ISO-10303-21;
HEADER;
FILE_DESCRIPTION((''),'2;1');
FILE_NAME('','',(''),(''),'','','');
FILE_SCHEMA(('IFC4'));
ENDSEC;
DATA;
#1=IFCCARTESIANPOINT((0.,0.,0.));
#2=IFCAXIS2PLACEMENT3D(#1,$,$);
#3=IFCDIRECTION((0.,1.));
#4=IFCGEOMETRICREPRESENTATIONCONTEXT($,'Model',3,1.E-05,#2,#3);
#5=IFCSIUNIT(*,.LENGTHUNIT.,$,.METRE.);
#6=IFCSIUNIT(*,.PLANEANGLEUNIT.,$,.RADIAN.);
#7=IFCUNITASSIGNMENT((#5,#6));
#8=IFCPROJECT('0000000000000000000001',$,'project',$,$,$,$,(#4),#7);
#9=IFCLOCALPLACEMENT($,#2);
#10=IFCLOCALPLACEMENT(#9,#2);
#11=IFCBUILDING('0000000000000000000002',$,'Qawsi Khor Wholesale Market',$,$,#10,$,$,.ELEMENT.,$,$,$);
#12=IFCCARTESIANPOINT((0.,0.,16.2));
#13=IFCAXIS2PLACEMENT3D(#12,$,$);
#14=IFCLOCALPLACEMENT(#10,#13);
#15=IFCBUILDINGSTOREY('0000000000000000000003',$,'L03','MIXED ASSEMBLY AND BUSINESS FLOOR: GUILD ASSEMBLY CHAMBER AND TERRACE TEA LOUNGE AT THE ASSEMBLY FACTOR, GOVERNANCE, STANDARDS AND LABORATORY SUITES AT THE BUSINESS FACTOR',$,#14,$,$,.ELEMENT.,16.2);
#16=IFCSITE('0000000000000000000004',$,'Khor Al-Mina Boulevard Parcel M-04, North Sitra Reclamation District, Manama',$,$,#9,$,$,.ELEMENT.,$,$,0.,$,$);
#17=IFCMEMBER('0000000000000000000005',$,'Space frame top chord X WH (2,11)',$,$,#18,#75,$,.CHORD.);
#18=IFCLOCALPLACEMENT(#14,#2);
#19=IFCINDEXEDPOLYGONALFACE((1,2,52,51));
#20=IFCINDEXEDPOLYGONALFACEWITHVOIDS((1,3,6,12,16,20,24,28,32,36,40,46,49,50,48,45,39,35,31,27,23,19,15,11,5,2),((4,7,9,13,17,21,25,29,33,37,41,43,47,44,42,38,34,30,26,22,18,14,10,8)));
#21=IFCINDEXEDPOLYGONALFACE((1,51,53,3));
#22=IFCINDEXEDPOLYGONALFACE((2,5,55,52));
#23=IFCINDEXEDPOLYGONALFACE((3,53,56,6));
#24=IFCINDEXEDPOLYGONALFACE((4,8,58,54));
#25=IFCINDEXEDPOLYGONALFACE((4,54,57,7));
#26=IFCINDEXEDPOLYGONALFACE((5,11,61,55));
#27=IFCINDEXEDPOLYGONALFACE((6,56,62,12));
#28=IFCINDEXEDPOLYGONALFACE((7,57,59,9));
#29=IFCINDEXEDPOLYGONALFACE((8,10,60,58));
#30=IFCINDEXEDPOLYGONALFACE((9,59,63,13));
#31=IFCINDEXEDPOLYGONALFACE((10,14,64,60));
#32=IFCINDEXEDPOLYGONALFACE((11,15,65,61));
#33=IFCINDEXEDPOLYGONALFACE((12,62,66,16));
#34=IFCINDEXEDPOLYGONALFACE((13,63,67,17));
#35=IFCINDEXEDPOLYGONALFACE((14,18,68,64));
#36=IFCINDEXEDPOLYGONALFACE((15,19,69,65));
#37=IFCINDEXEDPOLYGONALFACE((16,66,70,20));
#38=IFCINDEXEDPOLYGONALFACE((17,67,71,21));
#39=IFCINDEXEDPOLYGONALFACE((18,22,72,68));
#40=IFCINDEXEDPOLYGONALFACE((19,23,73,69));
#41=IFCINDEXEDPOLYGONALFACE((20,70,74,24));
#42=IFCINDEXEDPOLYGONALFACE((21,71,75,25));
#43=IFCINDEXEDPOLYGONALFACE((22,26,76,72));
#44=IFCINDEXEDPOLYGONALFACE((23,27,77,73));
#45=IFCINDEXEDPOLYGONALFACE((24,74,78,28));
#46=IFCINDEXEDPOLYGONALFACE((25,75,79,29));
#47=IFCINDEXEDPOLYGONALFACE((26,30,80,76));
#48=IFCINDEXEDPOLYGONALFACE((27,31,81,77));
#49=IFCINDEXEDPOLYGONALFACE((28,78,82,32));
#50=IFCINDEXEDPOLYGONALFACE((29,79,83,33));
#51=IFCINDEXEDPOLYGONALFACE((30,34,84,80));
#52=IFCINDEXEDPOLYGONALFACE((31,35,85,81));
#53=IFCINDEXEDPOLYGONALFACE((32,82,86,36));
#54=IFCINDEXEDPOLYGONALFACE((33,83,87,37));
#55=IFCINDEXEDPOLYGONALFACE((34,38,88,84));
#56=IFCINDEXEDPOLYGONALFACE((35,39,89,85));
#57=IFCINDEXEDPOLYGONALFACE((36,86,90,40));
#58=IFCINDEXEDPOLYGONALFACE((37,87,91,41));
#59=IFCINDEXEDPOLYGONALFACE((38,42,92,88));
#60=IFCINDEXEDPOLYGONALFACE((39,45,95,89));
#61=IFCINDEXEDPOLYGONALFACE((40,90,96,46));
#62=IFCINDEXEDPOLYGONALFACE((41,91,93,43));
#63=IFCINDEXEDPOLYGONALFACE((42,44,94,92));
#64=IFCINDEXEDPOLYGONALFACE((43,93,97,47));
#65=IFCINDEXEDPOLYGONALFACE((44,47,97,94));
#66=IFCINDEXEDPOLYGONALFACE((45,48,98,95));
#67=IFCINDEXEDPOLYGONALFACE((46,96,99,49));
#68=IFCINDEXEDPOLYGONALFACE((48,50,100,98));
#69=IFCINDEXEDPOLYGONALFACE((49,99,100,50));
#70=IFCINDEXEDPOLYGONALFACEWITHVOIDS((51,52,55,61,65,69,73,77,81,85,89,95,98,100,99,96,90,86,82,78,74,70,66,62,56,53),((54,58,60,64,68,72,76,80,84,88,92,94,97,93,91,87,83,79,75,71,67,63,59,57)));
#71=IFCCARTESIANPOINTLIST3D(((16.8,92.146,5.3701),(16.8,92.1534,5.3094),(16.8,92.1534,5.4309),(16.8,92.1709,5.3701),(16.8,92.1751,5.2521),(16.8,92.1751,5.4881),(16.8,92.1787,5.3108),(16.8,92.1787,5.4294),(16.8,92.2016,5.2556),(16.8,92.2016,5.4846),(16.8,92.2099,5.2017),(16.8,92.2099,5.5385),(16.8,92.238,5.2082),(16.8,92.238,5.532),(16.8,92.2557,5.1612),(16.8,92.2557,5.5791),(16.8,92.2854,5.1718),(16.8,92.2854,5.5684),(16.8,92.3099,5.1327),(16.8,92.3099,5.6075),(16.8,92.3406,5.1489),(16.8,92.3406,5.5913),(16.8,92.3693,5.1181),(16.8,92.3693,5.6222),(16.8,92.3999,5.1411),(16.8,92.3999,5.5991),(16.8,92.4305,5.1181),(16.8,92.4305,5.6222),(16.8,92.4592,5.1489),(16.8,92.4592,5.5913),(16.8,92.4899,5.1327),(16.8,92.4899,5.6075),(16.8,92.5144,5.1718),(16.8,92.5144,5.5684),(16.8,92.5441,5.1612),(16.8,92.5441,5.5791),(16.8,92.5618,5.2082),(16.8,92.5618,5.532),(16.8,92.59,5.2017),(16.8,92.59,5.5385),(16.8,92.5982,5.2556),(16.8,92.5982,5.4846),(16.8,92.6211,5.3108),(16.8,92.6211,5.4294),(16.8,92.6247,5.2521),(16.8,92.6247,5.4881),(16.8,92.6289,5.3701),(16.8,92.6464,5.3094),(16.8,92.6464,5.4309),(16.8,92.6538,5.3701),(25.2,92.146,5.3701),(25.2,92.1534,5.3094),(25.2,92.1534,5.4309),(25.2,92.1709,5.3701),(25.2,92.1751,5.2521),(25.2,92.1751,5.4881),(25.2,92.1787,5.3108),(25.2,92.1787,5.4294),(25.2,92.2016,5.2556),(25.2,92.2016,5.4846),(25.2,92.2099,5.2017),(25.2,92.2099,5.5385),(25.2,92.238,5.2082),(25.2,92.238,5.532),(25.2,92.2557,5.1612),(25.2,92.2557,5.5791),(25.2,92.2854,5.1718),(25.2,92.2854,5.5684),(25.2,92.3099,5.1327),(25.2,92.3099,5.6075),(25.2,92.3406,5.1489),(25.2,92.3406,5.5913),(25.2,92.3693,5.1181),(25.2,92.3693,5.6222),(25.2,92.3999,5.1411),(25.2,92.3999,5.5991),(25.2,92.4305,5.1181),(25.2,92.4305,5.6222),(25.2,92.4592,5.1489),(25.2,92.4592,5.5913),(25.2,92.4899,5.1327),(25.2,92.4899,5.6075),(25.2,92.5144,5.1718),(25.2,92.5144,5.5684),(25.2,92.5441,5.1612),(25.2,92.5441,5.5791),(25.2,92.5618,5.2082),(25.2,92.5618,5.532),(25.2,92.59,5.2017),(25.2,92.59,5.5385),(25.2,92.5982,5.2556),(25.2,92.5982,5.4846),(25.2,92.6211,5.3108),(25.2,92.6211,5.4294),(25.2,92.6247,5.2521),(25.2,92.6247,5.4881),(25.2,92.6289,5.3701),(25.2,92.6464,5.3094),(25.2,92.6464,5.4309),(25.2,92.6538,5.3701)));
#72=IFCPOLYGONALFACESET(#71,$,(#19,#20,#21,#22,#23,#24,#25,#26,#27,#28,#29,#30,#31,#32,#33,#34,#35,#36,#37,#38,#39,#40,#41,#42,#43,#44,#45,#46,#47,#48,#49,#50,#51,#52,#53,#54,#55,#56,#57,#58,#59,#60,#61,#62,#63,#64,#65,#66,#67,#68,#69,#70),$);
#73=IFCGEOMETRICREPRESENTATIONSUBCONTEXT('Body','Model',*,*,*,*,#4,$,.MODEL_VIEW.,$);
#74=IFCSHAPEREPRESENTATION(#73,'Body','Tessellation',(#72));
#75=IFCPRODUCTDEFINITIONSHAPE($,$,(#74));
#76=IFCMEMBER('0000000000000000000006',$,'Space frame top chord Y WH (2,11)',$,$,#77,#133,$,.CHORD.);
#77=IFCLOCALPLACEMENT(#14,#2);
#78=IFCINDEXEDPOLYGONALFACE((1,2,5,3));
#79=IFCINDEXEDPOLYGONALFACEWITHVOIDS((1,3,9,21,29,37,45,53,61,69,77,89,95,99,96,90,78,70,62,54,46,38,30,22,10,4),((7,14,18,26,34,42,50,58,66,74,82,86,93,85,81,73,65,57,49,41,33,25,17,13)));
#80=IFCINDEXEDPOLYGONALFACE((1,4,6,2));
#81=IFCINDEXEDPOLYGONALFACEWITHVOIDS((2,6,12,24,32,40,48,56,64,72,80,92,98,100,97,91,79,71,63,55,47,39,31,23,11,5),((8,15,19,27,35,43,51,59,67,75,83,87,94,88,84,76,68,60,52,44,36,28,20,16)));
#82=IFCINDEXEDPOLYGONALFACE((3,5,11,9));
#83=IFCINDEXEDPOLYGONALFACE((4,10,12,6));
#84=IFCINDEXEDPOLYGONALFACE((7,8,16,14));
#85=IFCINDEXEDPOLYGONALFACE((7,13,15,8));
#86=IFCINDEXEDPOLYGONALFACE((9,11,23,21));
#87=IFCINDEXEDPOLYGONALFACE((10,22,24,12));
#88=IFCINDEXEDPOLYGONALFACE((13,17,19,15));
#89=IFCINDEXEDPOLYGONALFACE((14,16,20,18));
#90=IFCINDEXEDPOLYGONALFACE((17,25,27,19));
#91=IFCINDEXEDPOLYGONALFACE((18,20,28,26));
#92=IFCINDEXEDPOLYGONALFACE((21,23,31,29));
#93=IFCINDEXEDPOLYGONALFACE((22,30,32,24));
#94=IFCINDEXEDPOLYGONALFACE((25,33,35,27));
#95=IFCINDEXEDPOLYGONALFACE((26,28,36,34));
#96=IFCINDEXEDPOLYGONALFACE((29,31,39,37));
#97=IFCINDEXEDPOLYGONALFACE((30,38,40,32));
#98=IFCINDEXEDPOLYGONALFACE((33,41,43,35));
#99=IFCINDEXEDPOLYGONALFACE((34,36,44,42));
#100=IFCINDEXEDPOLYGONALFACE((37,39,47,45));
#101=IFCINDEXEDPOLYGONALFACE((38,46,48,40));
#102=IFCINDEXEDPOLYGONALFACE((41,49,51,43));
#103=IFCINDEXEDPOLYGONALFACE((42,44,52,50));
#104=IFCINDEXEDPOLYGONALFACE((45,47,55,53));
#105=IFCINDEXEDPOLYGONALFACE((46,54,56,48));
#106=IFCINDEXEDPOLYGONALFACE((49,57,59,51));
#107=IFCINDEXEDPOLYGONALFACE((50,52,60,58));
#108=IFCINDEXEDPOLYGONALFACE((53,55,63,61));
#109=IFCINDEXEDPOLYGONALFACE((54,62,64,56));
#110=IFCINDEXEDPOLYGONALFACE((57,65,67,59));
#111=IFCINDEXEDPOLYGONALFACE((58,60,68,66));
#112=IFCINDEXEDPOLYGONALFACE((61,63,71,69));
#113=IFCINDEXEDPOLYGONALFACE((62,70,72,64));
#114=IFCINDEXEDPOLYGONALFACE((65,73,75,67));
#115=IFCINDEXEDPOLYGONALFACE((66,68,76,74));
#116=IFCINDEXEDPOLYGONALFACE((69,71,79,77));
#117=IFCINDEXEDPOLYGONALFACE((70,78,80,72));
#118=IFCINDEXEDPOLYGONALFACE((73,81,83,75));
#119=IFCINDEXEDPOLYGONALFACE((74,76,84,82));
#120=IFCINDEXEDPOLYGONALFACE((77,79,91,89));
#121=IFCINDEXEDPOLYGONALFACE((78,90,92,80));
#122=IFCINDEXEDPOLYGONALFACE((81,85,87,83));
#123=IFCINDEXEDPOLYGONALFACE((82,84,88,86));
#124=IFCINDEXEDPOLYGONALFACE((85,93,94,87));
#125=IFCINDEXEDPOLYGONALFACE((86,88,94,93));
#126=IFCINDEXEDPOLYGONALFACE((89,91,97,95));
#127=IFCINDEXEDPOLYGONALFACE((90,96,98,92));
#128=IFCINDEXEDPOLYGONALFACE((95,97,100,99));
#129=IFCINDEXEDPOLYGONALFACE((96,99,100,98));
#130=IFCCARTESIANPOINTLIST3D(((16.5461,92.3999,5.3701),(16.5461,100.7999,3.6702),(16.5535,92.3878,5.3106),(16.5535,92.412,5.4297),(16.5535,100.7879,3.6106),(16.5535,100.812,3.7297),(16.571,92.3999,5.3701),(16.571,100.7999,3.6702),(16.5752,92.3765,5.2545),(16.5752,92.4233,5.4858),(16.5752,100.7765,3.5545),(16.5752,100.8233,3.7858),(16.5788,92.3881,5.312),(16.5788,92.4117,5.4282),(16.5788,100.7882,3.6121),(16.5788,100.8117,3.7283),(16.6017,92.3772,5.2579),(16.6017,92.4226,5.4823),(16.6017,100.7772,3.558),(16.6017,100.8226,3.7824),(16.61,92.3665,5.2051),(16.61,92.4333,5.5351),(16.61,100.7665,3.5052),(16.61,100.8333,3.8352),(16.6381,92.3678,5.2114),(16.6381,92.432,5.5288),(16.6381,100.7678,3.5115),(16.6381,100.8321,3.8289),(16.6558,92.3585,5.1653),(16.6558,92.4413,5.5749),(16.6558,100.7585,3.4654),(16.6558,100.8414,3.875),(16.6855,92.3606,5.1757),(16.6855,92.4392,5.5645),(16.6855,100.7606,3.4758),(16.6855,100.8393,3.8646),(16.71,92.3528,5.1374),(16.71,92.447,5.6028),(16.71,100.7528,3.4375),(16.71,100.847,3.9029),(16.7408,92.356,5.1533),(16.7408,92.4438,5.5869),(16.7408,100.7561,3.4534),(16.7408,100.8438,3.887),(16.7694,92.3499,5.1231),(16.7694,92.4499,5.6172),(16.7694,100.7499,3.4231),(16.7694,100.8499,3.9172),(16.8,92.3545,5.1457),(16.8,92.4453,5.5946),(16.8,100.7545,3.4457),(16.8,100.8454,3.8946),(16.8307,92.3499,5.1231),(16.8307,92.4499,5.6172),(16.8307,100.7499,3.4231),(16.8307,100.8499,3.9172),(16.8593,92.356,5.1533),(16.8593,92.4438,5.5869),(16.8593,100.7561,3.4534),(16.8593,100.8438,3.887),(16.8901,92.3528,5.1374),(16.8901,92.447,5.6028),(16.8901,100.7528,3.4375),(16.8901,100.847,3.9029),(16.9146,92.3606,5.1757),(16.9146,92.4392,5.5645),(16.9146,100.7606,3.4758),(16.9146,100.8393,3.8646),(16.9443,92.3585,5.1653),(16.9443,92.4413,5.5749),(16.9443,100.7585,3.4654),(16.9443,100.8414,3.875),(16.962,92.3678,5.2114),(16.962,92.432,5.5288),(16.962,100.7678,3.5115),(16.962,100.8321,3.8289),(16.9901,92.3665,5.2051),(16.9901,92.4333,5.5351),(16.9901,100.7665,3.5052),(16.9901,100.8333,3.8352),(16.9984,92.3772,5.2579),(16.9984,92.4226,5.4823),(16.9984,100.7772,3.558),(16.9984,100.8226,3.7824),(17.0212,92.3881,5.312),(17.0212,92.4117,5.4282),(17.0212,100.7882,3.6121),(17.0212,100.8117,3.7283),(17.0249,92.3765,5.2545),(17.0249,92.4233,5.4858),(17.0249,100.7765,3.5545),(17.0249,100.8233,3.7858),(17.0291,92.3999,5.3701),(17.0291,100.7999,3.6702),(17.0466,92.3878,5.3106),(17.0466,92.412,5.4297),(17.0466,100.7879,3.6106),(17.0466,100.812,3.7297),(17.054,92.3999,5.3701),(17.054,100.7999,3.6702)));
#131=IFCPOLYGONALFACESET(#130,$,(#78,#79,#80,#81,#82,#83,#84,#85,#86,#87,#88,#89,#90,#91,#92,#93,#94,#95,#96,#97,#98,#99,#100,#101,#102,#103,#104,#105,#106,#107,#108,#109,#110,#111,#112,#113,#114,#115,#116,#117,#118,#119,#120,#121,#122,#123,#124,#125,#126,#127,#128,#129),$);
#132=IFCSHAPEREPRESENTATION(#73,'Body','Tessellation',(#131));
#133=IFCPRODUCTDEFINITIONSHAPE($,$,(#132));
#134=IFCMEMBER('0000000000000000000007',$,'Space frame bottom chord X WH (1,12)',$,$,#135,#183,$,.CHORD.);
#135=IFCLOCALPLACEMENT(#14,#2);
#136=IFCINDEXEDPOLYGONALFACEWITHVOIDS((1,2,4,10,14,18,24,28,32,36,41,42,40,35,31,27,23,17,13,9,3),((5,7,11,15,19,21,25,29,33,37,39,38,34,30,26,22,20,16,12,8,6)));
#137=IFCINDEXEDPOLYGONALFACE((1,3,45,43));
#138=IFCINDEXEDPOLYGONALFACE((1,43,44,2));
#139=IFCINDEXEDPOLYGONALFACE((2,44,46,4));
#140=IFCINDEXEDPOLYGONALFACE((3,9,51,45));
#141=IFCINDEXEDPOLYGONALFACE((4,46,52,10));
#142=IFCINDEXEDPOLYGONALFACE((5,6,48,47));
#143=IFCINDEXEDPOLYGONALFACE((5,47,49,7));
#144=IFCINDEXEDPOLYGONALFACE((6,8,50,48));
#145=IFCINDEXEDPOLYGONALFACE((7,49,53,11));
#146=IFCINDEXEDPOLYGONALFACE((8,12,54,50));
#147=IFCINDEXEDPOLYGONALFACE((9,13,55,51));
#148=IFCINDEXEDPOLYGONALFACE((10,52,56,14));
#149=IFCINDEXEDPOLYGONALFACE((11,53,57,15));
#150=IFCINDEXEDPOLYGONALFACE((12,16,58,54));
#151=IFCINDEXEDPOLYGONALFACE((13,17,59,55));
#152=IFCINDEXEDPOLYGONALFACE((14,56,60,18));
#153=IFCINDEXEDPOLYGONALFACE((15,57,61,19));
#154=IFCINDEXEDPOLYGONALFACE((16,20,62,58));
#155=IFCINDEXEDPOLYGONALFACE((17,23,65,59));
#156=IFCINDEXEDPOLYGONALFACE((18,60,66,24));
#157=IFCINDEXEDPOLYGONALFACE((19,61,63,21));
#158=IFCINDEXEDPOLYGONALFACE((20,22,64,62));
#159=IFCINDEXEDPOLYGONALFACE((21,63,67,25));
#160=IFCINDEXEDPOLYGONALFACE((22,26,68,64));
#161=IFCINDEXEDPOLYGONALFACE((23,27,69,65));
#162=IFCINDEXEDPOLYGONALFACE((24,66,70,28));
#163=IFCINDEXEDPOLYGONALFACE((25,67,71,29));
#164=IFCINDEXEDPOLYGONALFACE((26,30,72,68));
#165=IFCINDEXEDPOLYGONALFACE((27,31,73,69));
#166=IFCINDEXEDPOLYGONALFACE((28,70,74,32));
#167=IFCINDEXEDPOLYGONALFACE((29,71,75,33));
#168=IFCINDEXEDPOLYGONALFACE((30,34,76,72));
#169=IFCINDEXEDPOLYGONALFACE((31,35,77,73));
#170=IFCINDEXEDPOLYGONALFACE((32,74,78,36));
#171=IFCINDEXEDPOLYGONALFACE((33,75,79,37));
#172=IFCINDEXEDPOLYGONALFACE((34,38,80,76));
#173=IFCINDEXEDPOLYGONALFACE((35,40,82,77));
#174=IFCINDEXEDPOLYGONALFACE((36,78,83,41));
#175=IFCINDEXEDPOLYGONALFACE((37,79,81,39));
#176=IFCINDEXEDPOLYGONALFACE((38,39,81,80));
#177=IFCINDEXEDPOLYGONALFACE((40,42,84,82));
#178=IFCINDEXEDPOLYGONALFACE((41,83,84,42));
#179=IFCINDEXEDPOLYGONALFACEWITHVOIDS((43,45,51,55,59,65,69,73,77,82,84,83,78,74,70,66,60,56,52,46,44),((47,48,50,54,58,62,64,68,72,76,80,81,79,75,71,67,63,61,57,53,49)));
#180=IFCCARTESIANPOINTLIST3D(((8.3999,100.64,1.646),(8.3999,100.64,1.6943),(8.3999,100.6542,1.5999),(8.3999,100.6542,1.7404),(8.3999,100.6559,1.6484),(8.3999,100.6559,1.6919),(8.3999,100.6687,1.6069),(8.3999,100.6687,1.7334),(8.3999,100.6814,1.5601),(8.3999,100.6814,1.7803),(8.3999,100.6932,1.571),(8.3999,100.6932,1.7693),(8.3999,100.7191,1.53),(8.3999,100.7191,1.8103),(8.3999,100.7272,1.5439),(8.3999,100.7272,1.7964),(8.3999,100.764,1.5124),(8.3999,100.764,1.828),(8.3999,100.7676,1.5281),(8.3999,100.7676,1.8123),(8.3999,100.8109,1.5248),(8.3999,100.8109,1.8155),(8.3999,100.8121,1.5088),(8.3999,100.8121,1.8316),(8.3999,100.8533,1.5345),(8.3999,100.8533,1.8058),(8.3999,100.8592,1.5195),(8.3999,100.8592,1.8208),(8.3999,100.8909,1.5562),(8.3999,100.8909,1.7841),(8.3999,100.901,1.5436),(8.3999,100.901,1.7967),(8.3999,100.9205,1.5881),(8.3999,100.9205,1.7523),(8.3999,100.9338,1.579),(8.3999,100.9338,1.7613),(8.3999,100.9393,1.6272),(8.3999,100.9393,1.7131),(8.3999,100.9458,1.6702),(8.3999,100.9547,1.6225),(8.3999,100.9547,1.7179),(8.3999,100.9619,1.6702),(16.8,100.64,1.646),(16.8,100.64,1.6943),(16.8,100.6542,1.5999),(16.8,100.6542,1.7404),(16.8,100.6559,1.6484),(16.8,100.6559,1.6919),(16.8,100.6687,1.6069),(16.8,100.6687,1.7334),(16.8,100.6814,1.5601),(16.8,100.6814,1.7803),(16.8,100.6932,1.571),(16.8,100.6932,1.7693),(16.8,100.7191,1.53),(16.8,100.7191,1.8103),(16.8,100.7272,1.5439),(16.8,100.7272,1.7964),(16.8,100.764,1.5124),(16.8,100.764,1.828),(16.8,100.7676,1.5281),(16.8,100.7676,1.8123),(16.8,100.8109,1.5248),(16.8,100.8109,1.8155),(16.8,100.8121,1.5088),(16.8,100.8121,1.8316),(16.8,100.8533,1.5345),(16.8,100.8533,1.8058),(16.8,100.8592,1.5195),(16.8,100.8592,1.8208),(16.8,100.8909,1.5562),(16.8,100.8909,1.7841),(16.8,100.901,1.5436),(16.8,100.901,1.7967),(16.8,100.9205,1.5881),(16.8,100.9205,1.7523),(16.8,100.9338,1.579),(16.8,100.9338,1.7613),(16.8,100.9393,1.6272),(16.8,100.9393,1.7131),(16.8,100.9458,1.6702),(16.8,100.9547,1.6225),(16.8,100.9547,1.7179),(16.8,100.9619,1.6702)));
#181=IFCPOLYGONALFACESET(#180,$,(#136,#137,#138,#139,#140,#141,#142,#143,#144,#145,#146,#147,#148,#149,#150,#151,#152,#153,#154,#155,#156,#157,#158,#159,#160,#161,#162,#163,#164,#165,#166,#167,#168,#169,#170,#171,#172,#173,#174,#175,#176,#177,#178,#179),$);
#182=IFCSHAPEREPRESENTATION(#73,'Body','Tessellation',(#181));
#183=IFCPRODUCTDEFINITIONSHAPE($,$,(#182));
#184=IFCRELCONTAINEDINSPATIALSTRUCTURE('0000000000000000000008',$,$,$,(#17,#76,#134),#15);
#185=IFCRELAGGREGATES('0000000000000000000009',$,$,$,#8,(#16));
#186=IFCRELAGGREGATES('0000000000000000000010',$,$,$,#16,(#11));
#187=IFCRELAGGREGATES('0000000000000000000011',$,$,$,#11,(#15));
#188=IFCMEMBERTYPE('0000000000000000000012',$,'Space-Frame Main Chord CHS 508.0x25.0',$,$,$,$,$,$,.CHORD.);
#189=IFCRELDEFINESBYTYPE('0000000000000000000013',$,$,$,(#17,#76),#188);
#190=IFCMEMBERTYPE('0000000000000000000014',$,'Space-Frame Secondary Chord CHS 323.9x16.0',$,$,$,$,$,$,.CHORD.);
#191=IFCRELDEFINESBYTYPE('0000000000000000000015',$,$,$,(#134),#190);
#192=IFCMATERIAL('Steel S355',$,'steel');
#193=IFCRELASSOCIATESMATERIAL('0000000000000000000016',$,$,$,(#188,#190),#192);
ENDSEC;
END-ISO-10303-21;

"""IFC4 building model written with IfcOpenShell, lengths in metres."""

from ifc_helpers import new_model, si_unit, direction, frame, origin, origin_2d, place, context, subcontext, project, spatial, hollow_circle, extrude, material, material_profile, profile_set, type_object, element, save


model = new_model("IFC4")

# Units and contexts
model_context = context("Model", 3, precision=1e-05, world=origin(), true_north=direction((0.0, 1.0)))
body_context = subcontext(model_context, "Body", "Model", "MODEL_VIEW")
ifc_project = project(units=[si_unit("LENGTHUNIT", "METRE"), si_unit("PLANEANGLEUNIT", "RADIAN")], contexts=[model_context])

# Site, building, storey
site_placement = place(None, origin())
site = spatial("IfcSite", under=ifc_project, at=site_placement, Name="Khor Al-Mina Boulevard Parcel M-04, North Sitra Reclamation District, Manama", CompositionType="ELEMENT", RefElevation=0.0)
building_placement = place(site_placement, origin())
building = spatial("IfcBuilding", under=site, at=building_placement, Name="Qawsi Khor Wholesale Market", CompositionType="ELEMENT")
storey_placement = place(building_placement, frame((0.0, 0.0, 16.2)))
storey = spatial("IfcBuildingStorey", under=building, at=storey_placement, Name="L03", Description="MIXED ASSEMBLY AND BUSINESS FLOOR: GUILD ASSEMBLY CHAMBER AND TERRACE TEA LOUNGE AT THE ASSEMBLY FACTOR, GOVERNANCE, STANDARDS AND LABORATORY SUITES AT THE BUSINESS FACTOR", CompositionType="ELEMENT", Elevation=16.2)

# Members
ifc_material_1 = material(Name="Steel S355", Category="steel")
ifc_material_profile_1 = material_profile(ifc_material_1, hollow_circle(Radius=0.2539, WallThickness=0.0249, at=origin_2d()), Name="CHS 508.0x25.0")
ifc_profile_set_1 = profile_set([ifc_material_profile_1], Name="Steel S355")
member_type_1 = type_object("IfcMemberType", Name="Space-Frame Main Chord CHS 508.0x25.0", PredefinedType="CHORD", material=ifc_profile_set_1)
member_1_placement = place(storey_placement, frame((16.8, 92.3999, 5.3701), z_axis=(1.0, 0.0, 0.0), x_axis=(0.0, 1.0, 0.0)))
element("IfcMember", 1, at=member_1_placement, inside=storey, type_object=member_type_1, Name="Space frame top chord X WH (2,11)", PredefinedType="CHORD", context=body_context, shape_type="SweptSolid", body=[
    extrude(hollow_circle(Radius=0.2539, WallThickness=0.0249, at=origin_2d()), origin(), (0.0, 0.0, 1.0), 8.3999),
])
member_2_placement = place(storey_placement, frame((16.8, 92.3999, 5.3701), z_axis=(0.0, 0.980131, -0.198351), x_axis=(-1.0, 0.0, 0.0)))
element("IfcMember", 2, at=member_2_placement, inside=storey, type_object=member_type_1, Name="Space frame top chord Y WH (2,11)", PredefinedType="CHORD", context=body_context, shape_type="SweptSolid", body=[
    extrude(hollow_circle(Radius=0.2539, WallThickness=0.0249, at=origin_2d()), origin(), (0.0, 0.0, 1.0), 8.5703),
])
ifc_material_profile_2 = material_profile(ifc_material_1, hollow_circle(Radius=0.1619, WallThickness=0.0161, at=origin_2d()), Name="CHS 323.9x16.0")
ifc_profile_set_2 = profile_set([ifc_material_profile_2], Name="Steel S355")
member_type_2 = type_object("IfcMemberType", Name="Space-Frame Secondary Chord CHS 323.9x16.0", PredefinedType="CHORD", material=ifc_profile_set_2)
member_3_placement = place(storey_placement, frame((8.3999, 100.8, 1.6702), z_axis=(1.0, 0.0, 0.0), x_axis=(0.0, 1.0, 0.0)))
element("IfcMember", 3, at=member_3_placement, inside=storey, type_object=member_type_2, Name="Space frame bottom chord X WH (1,12)", PredefinedType="CHORD", context=body_context, shape_type="SweptSolid", body=[
    extrude(hollow_circle(Radius=0.1619, WallThickness=0.0161, at=origin_2d()), origin(), (0.0, 0.0, 1.0), 8.4001),
])

save(model, "model.ifc")
